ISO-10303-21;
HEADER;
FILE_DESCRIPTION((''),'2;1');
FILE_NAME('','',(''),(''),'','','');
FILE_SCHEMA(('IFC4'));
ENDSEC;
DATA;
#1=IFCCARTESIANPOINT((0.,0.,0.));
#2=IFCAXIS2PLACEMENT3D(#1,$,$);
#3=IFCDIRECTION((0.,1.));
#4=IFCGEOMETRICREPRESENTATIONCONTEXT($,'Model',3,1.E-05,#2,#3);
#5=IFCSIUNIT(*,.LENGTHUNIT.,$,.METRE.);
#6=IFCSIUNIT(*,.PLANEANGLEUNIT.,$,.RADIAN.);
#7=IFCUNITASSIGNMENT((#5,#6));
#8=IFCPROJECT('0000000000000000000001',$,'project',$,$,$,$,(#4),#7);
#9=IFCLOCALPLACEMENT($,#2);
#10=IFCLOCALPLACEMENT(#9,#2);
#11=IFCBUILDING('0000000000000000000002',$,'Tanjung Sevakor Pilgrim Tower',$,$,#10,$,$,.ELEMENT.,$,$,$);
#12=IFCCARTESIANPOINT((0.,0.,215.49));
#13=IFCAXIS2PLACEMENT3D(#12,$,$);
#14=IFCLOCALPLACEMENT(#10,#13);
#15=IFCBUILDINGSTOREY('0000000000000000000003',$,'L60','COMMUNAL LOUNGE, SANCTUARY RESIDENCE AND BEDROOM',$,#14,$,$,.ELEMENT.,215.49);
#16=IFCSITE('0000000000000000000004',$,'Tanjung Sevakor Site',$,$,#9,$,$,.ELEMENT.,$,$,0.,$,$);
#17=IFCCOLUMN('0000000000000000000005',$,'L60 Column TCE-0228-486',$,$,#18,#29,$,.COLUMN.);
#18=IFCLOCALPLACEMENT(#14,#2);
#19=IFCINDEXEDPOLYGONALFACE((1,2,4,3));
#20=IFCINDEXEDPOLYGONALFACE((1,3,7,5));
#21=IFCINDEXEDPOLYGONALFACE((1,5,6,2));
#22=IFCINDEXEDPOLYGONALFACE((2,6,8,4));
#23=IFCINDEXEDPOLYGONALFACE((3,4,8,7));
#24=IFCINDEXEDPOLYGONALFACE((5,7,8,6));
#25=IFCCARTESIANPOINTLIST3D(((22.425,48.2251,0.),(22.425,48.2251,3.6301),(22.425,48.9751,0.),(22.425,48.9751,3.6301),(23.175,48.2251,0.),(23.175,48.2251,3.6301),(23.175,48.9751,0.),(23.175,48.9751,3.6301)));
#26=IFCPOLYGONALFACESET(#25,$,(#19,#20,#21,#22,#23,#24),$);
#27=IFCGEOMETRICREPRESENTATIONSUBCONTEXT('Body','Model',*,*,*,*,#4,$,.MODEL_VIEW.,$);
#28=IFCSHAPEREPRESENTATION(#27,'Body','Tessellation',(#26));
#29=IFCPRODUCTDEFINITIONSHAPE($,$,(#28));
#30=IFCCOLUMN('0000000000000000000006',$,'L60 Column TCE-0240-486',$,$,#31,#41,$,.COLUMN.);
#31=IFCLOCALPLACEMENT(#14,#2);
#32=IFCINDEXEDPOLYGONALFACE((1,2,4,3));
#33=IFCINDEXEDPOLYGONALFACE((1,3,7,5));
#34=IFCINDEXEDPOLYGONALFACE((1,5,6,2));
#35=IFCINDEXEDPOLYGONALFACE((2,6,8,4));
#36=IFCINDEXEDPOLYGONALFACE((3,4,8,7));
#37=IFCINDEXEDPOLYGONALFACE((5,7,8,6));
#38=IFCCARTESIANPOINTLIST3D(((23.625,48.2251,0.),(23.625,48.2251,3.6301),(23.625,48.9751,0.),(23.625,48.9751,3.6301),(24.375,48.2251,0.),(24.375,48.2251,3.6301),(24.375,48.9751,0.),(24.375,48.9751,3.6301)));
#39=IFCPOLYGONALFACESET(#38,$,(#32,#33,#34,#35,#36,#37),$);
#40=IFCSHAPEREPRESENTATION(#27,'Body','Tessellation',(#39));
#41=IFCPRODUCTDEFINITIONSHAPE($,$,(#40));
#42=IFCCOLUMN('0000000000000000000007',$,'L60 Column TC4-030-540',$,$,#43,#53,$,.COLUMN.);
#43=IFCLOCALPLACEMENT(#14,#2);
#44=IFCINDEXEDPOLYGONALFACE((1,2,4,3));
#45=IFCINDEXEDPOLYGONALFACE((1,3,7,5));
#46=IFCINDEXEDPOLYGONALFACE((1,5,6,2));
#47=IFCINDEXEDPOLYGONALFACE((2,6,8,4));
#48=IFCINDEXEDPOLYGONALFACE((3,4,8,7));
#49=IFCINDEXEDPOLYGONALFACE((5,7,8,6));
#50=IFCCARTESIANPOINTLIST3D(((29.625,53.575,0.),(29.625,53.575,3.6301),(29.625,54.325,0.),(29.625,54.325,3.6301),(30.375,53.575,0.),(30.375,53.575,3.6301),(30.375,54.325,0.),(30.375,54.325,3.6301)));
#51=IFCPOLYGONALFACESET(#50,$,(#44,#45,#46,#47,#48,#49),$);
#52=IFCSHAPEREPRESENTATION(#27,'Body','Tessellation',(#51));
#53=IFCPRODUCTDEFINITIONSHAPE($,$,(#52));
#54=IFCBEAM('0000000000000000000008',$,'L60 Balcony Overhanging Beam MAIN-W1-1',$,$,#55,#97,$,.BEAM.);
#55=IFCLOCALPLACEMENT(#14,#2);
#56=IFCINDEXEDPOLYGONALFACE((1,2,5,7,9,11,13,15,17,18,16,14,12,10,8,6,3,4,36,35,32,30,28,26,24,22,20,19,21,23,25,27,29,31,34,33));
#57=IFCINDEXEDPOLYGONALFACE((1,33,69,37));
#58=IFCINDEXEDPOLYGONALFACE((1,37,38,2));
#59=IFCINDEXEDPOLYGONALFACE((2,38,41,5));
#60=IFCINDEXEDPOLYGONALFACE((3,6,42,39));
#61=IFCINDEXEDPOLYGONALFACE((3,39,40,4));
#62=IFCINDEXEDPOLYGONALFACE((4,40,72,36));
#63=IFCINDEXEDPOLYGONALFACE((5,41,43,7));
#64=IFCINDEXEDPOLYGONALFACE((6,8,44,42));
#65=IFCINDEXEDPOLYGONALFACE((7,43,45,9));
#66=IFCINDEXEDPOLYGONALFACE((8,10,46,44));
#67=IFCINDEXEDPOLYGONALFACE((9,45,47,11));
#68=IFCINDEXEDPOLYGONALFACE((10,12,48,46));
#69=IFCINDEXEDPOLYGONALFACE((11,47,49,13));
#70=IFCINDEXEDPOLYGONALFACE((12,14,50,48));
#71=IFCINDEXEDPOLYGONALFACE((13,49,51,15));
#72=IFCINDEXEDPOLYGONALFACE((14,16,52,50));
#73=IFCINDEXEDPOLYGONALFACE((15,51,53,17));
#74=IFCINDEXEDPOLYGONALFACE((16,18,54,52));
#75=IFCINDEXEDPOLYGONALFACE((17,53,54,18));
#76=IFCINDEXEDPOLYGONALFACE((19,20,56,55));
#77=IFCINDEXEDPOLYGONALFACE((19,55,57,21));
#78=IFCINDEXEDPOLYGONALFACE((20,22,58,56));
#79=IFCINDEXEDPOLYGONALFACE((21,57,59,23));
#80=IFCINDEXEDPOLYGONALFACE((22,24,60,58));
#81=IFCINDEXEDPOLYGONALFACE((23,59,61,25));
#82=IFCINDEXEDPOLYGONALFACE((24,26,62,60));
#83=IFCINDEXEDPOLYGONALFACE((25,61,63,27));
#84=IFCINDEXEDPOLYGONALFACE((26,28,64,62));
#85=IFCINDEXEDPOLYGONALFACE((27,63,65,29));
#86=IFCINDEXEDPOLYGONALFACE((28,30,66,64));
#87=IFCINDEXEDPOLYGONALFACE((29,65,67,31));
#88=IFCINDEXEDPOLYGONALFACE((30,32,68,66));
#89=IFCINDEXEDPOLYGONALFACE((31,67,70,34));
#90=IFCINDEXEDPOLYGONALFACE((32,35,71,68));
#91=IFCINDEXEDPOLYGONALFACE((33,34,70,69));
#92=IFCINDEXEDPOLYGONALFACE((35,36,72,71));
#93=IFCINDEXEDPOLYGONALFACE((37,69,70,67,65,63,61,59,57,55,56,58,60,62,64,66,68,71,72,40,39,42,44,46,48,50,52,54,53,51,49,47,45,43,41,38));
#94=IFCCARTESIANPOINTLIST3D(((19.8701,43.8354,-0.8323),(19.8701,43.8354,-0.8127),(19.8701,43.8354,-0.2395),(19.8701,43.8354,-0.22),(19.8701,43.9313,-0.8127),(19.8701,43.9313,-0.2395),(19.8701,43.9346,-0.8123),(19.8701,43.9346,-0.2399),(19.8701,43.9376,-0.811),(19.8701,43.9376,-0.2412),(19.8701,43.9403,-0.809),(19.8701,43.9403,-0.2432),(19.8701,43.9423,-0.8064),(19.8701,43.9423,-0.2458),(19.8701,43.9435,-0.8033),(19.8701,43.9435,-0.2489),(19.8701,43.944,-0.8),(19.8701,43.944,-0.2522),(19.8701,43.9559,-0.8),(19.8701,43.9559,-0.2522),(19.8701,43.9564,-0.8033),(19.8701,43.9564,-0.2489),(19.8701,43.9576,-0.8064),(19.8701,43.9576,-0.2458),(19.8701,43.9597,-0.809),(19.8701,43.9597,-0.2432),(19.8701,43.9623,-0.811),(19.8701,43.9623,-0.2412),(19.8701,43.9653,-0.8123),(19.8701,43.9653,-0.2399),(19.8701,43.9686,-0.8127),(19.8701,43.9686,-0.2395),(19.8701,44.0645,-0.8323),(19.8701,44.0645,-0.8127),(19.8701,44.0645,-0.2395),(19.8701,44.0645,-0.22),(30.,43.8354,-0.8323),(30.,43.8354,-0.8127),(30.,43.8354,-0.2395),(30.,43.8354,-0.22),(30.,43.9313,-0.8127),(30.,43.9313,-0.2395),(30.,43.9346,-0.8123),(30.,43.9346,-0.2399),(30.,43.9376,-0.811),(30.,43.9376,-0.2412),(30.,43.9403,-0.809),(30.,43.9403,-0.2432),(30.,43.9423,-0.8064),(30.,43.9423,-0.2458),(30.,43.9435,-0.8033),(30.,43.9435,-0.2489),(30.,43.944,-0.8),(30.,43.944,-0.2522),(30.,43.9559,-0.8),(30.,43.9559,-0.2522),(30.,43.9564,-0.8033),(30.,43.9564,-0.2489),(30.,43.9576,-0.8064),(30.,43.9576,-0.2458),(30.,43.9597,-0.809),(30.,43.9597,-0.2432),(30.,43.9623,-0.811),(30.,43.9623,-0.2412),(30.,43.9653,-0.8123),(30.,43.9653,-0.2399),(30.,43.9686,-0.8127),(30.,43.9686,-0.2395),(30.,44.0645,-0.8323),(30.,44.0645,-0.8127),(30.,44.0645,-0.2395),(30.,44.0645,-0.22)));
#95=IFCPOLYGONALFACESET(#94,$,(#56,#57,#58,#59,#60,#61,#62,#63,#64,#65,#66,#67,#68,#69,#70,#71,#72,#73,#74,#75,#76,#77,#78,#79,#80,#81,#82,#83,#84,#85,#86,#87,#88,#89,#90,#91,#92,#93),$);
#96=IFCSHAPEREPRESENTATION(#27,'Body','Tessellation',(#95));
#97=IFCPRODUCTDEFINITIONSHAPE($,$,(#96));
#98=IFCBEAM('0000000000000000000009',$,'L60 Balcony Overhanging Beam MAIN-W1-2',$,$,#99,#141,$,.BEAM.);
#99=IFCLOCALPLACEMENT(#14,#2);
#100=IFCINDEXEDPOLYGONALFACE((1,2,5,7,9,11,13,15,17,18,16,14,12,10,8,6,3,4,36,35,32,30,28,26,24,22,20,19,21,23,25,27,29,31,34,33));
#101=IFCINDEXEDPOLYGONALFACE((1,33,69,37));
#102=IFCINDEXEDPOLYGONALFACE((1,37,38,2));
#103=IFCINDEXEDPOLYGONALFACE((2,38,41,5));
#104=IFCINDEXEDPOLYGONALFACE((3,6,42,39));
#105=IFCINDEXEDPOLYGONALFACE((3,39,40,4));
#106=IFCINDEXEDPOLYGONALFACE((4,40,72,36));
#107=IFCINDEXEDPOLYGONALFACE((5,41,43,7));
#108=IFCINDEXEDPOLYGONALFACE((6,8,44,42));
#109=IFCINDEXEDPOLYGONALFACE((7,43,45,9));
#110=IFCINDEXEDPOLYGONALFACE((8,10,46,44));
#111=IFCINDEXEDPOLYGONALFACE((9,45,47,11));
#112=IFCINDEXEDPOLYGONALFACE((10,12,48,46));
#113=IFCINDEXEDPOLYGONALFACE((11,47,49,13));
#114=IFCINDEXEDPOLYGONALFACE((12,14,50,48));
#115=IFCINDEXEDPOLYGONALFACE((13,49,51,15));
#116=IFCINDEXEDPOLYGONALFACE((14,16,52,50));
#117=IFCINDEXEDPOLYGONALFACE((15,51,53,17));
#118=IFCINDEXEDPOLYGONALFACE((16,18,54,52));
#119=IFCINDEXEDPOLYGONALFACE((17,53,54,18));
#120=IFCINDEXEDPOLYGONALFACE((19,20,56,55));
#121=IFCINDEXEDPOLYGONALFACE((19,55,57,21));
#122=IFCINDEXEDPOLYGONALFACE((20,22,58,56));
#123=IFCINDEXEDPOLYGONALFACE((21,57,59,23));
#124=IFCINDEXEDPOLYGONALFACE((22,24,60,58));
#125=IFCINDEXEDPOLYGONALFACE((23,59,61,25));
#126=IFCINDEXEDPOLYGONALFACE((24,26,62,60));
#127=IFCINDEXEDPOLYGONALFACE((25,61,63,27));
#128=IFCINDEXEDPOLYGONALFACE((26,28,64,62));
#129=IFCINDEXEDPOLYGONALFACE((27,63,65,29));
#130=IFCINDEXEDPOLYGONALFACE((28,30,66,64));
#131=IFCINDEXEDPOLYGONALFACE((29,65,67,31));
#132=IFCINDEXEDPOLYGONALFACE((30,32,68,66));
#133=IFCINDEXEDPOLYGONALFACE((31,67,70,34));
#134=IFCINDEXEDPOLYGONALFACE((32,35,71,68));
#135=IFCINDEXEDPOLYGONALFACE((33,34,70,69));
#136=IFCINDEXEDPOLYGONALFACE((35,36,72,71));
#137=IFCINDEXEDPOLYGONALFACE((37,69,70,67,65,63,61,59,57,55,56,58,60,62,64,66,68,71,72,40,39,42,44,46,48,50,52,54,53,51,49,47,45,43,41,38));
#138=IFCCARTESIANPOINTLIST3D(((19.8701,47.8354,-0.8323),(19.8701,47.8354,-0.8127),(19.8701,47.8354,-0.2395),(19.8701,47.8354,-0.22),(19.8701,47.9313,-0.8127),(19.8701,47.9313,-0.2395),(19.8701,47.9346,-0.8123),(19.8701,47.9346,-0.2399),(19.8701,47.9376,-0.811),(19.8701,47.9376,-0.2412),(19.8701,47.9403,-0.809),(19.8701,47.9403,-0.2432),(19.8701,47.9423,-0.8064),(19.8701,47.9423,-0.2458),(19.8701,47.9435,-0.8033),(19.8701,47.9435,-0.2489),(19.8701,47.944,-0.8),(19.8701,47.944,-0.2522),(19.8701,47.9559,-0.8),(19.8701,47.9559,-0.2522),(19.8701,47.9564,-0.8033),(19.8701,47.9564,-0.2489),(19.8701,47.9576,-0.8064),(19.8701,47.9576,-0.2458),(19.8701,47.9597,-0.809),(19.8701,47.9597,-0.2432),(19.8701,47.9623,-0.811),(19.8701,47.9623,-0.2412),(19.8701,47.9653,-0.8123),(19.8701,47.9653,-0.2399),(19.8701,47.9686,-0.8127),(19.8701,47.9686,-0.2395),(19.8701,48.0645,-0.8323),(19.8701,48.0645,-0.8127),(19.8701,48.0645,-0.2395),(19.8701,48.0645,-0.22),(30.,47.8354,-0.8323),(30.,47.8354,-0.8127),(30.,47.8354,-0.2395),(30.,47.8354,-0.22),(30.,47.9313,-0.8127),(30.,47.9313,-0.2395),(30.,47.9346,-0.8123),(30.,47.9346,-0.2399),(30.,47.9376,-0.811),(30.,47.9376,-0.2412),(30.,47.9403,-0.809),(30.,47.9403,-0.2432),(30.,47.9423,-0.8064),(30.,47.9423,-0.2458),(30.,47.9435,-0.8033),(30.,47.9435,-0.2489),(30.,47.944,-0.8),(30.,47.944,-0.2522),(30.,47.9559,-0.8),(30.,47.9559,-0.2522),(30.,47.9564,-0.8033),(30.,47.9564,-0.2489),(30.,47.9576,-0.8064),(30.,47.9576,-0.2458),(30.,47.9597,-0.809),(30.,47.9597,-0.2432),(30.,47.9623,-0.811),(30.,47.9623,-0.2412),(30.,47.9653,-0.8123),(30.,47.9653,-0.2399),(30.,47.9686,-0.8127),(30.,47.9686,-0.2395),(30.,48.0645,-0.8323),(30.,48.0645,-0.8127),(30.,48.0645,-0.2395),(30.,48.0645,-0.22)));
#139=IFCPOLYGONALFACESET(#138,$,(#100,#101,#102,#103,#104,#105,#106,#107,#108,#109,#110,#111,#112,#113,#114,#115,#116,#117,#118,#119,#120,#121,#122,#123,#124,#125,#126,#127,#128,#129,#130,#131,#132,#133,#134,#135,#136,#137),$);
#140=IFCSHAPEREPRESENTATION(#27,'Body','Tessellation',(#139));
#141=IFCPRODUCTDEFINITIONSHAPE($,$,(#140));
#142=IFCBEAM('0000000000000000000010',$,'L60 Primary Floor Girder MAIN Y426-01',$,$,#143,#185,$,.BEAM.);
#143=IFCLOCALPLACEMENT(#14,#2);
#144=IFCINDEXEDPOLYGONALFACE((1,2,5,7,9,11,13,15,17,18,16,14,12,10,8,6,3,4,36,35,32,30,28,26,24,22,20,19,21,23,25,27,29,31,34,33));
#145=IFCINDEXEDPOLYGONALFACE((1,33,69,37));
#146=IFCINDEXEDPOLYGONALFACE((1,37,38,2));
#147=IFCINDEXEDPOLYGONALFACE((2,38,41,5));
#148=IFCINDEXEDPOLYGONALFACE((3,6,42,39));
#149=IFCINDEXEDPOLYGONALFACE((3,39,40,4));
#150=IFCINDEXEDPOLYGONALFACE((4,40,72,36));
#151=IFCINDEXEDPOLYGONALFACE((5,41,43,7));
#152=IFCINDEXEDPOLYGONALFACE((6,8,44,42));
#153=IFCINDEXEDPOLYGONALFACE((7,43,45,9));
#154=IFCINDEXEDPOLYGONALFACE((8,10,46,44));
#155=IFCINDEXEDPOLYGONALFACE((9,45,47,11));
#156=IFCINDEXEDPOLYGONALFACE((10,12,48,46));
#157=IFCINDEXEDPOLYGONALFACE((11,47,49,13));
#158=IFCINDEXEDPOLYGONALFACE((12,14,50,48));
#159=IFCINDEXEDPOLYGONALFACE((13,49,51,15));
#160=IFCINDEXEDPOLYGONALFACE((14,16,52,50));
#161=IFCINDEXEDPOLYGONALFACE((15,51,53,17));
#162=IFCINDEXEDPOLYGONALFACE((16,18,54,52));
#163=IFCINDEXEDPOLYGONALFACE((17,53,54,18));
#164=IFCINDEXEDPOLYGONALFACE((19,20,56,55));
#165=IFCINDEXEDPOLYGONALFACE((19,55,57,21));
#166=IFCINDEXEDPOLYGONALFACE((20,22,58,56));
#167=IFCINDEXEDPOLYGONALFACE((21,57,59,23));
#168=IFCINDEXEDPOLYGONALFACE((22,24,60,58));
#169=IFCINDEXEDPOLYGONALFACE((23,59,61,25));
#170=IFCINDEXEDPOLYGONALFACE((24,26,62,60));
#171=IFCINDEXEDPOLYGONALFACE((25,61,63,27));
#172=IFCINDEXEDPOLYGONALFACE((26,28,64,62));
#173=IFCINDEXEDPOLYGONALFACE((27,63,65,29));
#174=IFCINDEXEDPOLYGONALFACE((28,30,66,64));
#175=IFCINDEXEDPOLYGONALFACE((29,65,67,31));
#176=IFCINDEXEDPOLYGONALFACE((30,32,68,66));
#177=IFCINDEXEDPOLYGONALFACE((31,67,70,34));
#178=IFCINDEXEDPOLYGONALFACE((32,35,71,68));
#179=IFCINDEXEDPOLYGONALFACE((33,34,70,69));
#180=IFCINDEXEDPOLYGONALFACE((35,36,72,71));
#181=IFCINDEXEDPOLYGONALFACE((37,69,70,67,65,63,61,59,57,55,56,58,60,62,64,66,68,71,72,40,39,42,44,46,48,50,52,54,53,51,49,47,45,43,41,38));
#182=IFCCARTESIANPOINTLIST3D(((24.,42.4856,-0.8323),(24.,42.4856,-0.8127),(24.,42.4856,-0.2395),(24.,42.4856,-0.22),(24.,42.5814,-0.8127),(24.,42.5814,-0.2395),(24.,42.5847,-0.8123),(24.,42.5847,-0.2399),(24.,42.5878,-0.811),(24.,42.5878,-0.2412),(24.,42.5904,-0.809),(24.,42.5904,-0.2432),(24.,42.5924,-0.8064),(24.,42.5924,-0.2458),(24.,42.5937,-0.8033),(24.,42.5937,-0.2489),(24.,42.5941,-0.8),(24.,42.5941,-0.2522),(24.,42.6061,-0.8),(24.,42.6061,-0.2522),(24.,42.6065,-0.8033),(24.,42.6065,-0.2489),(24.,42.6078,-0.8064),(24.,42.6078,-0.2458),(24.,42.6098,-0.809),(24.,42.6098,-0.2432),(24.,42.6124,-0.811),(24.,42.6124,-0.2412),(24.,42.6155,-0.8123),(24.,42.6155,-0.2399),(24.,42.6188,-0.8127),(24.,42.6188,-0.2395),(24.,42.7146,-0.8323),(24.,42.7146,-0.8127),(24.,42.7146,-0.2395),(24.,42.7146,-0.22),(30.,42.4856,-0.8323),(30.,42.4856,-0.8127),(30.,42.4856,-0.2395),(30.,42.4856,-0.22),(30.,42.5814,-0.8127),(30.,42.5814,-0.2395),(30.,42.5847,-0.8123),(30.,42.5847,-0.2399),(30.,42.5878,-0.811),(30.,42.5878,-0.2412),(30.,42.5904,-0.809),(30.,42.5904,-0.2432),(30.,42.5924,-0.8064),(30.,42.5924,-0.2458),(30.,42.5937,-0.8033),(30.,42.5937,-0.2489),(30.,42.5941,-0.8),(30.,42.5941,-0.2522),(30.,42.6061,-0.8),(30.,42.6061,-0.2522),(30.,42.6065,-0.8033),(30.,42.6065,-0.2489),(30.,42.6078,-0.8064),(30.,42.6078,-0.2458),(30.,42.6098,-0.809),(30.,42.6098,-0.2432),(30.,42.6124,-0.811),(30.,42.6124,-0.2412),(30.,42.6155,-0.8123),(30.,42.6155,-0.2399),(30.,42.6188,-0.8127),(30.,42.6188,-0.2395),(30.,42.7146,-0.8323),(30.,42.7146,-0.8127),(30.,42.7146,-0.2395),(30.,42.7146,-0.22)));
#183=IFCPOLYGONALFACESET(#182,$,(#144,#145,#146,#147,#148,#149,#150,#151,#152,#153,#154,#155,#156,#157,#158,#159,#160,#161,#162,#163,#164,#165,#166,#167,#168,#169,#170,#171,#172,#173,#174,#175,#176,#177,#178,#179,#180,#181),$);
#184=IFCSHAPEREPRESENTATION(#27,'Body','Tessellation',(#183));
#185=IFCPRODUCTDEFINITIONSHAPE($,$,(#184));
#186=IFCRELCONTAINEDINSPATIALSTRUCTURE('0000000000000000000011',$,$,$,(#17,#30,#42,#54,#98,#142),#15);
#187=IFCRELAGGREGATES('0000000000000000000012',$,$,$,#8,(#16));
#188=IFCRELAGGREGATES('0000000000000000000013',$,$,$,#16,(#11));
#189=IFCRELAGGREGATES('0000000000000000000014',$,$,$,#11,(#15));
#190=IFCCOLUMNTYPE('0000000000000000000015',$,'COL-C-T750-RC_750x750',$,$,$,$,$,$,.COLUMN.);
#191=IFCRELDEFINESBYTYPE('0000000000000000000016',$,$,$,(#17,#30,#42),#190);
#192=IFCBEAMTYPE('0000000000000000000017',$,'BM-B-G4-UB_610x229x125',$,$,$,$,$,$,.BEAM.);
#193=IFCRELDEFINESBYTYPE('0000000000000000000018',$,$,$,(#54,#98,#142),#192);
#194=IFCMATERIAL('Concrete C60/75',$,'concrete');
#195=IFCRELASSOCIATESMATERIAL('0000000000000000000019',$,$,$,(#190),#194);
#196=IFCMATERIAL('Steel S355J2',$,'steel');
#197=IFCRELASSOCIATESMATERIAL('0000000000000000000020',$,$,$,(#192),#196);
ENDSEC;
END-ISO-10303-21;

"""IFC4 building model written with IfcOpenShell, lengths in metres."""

from ifc_helpers import new_model, si_unit, direction, frame, origin, origin_2d, place, context, subcontext, project, spatial, rectangle, i_section, extrude, material, material_profile, profile_set, type_object, element, save


model = new_model("IFC4")

# Units and contexts
model_context = context("Model", 3, precision=1e-05, world=origin(), true_north=direction((0.0, 1.0)))
body_context = subcontext(model_context, "Body", "Model", "MODEL_VIEW")
ifc_project = project(units=[si_unit("LENGTHUNIT", "METRE"), si_unit("PLANEANGLEUNIT", "RADIAN")], contexts=[model_context])

# Site, building, storey
site_placement = place(None, origin())
site = spatial("IfcSite", under=ifc_project, at=site_placement, Name="Tanjung Sevakor Site", CompositionType="ELEMENT", RefElevation=0.0)
building_placement = place(site_placement, origin())
building = spatial("IfcBuilding", under=site, at=building_placement, Name="Tanjung Sevakor Pilgrim Tower", CompositionType="ELEMENT")
storey_placement = place(building_placement, frame((0.0, 0.0, 215.49)))
storey = spatial("IfcBuildingStorey", under=building, at=storey_placement, Name="L60", Description="COMMUNAL LOUNGE, SANCTUARY RESIDENCE AND BEDROOM", CompositionType="ELEMENT", Elevation=215.49)

# Columns
ifc_material_1 = material(Name="Concrete C60/75", Category="concrete")
ifc_material_profile_1 = material_profile(ifc_material_1, rectangle(XDim=0.75, YDim=0.75, at=origin_2d()))
ifc_profile_set_1 = profile_set([ifc_material_profile_1], Name="Concrete C60/75")
column_type = type_object("IfcColumnType", Name="COL-C-T750-RC_750x750", PredefinedType="COLUMN", material=ifc_profile_set_1)
for number, where, z_axis, x_axis, name in (
    (1, (22.8, 48.6001, 0.0), (0.0, 0.0, 1.0), (1.0, 0.0, 0.0), "L60 Column TCE-0228-486"),
    (2, (24.0, 48.6001, 0.0), (0.0, 0.0, 1.0), (1.0, 0.0, 0.0), "L60 Column TCE-0240-486"),
    (3, (30.0, 53.95, 0.0), (0.0, 0.0, 1.0), (1.0, 0.0, 0.0), "L60 Column TC4-030-540"),
):
    element("IfcColumn", number, at=place(storey_placement, frame(where, z_axis=z_axis, x_axis=x_axis)), inside=storey, type_object=column_type, Name=name, PredefinedType="COLUMN", context=body_context, shape_type="SweptSolid", body=[
        extrude(rectangle(XDim=0.75, YDim=0.75, at=origin_2d()), origin(), (0.0, 0.0, 1.0), 3.6301),
    ])

# Beams
ifc_material_2 = material(Name="Steel S355J2", Category="steel")
ifc_material_profile_2 = material_profile(ifc_material_2, i_section(OverallWidth=0.229, OverallDepth=0.6123, WebThickness=0.012, FlangeThickness=0.0195, FilletRadius=0.0127, at=origin_2d()))
ifc_profile_set_2 = profile_set([ifc_material_profile_2], Name="Steel S355J2")
beam_type_1 = type_object("IfcBeamType", Name="BM-B-G4-UB_610x229x125", PredefinedType="BEAM", material=ifc_profile_set_2)
for number, where, z_axis, x_axis, name in (
    (4, (30.0, 43.95, -0.5261), (-1.0, 0.0, 0.0), (0.0, -1.0, 0.0), "L60 Balcony Overhanging Beam MAIN-W1-1"),
    (5, (30.0, 47.95, -0.5261), (-1.0, 0.0, 0.0), (0.0, -1.0, 0.0), "L60 Balcony Overhanging Beam MAIN-W1-2"),
):
    element("IfcBeam", number, at=place(storey_placement, frame(where, z_axis=z_axis, x_axis=x_axis)), inside=storey, type_object=beam_type_1, Name=name, PredefinedType="BEAM", context=body_context, shape_type="SweptSolid", body=[
        extrude(i_section(OverallWidth=0.229, OverallDepth=0.6123, WebThickness=0.012, FlangeThickness=0.0195, FilletRadius=0.0127, at=origin_2d()), origin(), (0.0, 0.0, 1.0), 10.1299),
    ])
beam_1_placement = place(storey_placement, frame((24.0, 42.6001, -0.5261), z_axis=(1.0, 0.0, 0.0), x_axis=(0.0, 1.0, 0.0)))
element("IfcBeam", 6, at=beam_1_placement, inside=storey, type_object=beam_type_1, Name="L60 Primary Floor Girder MAIN Y426-01", PredefinedType="BEAM", context=body_context, shape_type="SweptSolid", body=[
    extrude(i_section(OverallWidth=0.229, OverallDepth=0.6123, WebThickness=0.012, FlangeThickness=0.0195, FilletRadius=0.0127, at=origin_2d()), origin(), (0.0, 0.0, 1.0), 6.0),
])

save(model, "model.ifc")
